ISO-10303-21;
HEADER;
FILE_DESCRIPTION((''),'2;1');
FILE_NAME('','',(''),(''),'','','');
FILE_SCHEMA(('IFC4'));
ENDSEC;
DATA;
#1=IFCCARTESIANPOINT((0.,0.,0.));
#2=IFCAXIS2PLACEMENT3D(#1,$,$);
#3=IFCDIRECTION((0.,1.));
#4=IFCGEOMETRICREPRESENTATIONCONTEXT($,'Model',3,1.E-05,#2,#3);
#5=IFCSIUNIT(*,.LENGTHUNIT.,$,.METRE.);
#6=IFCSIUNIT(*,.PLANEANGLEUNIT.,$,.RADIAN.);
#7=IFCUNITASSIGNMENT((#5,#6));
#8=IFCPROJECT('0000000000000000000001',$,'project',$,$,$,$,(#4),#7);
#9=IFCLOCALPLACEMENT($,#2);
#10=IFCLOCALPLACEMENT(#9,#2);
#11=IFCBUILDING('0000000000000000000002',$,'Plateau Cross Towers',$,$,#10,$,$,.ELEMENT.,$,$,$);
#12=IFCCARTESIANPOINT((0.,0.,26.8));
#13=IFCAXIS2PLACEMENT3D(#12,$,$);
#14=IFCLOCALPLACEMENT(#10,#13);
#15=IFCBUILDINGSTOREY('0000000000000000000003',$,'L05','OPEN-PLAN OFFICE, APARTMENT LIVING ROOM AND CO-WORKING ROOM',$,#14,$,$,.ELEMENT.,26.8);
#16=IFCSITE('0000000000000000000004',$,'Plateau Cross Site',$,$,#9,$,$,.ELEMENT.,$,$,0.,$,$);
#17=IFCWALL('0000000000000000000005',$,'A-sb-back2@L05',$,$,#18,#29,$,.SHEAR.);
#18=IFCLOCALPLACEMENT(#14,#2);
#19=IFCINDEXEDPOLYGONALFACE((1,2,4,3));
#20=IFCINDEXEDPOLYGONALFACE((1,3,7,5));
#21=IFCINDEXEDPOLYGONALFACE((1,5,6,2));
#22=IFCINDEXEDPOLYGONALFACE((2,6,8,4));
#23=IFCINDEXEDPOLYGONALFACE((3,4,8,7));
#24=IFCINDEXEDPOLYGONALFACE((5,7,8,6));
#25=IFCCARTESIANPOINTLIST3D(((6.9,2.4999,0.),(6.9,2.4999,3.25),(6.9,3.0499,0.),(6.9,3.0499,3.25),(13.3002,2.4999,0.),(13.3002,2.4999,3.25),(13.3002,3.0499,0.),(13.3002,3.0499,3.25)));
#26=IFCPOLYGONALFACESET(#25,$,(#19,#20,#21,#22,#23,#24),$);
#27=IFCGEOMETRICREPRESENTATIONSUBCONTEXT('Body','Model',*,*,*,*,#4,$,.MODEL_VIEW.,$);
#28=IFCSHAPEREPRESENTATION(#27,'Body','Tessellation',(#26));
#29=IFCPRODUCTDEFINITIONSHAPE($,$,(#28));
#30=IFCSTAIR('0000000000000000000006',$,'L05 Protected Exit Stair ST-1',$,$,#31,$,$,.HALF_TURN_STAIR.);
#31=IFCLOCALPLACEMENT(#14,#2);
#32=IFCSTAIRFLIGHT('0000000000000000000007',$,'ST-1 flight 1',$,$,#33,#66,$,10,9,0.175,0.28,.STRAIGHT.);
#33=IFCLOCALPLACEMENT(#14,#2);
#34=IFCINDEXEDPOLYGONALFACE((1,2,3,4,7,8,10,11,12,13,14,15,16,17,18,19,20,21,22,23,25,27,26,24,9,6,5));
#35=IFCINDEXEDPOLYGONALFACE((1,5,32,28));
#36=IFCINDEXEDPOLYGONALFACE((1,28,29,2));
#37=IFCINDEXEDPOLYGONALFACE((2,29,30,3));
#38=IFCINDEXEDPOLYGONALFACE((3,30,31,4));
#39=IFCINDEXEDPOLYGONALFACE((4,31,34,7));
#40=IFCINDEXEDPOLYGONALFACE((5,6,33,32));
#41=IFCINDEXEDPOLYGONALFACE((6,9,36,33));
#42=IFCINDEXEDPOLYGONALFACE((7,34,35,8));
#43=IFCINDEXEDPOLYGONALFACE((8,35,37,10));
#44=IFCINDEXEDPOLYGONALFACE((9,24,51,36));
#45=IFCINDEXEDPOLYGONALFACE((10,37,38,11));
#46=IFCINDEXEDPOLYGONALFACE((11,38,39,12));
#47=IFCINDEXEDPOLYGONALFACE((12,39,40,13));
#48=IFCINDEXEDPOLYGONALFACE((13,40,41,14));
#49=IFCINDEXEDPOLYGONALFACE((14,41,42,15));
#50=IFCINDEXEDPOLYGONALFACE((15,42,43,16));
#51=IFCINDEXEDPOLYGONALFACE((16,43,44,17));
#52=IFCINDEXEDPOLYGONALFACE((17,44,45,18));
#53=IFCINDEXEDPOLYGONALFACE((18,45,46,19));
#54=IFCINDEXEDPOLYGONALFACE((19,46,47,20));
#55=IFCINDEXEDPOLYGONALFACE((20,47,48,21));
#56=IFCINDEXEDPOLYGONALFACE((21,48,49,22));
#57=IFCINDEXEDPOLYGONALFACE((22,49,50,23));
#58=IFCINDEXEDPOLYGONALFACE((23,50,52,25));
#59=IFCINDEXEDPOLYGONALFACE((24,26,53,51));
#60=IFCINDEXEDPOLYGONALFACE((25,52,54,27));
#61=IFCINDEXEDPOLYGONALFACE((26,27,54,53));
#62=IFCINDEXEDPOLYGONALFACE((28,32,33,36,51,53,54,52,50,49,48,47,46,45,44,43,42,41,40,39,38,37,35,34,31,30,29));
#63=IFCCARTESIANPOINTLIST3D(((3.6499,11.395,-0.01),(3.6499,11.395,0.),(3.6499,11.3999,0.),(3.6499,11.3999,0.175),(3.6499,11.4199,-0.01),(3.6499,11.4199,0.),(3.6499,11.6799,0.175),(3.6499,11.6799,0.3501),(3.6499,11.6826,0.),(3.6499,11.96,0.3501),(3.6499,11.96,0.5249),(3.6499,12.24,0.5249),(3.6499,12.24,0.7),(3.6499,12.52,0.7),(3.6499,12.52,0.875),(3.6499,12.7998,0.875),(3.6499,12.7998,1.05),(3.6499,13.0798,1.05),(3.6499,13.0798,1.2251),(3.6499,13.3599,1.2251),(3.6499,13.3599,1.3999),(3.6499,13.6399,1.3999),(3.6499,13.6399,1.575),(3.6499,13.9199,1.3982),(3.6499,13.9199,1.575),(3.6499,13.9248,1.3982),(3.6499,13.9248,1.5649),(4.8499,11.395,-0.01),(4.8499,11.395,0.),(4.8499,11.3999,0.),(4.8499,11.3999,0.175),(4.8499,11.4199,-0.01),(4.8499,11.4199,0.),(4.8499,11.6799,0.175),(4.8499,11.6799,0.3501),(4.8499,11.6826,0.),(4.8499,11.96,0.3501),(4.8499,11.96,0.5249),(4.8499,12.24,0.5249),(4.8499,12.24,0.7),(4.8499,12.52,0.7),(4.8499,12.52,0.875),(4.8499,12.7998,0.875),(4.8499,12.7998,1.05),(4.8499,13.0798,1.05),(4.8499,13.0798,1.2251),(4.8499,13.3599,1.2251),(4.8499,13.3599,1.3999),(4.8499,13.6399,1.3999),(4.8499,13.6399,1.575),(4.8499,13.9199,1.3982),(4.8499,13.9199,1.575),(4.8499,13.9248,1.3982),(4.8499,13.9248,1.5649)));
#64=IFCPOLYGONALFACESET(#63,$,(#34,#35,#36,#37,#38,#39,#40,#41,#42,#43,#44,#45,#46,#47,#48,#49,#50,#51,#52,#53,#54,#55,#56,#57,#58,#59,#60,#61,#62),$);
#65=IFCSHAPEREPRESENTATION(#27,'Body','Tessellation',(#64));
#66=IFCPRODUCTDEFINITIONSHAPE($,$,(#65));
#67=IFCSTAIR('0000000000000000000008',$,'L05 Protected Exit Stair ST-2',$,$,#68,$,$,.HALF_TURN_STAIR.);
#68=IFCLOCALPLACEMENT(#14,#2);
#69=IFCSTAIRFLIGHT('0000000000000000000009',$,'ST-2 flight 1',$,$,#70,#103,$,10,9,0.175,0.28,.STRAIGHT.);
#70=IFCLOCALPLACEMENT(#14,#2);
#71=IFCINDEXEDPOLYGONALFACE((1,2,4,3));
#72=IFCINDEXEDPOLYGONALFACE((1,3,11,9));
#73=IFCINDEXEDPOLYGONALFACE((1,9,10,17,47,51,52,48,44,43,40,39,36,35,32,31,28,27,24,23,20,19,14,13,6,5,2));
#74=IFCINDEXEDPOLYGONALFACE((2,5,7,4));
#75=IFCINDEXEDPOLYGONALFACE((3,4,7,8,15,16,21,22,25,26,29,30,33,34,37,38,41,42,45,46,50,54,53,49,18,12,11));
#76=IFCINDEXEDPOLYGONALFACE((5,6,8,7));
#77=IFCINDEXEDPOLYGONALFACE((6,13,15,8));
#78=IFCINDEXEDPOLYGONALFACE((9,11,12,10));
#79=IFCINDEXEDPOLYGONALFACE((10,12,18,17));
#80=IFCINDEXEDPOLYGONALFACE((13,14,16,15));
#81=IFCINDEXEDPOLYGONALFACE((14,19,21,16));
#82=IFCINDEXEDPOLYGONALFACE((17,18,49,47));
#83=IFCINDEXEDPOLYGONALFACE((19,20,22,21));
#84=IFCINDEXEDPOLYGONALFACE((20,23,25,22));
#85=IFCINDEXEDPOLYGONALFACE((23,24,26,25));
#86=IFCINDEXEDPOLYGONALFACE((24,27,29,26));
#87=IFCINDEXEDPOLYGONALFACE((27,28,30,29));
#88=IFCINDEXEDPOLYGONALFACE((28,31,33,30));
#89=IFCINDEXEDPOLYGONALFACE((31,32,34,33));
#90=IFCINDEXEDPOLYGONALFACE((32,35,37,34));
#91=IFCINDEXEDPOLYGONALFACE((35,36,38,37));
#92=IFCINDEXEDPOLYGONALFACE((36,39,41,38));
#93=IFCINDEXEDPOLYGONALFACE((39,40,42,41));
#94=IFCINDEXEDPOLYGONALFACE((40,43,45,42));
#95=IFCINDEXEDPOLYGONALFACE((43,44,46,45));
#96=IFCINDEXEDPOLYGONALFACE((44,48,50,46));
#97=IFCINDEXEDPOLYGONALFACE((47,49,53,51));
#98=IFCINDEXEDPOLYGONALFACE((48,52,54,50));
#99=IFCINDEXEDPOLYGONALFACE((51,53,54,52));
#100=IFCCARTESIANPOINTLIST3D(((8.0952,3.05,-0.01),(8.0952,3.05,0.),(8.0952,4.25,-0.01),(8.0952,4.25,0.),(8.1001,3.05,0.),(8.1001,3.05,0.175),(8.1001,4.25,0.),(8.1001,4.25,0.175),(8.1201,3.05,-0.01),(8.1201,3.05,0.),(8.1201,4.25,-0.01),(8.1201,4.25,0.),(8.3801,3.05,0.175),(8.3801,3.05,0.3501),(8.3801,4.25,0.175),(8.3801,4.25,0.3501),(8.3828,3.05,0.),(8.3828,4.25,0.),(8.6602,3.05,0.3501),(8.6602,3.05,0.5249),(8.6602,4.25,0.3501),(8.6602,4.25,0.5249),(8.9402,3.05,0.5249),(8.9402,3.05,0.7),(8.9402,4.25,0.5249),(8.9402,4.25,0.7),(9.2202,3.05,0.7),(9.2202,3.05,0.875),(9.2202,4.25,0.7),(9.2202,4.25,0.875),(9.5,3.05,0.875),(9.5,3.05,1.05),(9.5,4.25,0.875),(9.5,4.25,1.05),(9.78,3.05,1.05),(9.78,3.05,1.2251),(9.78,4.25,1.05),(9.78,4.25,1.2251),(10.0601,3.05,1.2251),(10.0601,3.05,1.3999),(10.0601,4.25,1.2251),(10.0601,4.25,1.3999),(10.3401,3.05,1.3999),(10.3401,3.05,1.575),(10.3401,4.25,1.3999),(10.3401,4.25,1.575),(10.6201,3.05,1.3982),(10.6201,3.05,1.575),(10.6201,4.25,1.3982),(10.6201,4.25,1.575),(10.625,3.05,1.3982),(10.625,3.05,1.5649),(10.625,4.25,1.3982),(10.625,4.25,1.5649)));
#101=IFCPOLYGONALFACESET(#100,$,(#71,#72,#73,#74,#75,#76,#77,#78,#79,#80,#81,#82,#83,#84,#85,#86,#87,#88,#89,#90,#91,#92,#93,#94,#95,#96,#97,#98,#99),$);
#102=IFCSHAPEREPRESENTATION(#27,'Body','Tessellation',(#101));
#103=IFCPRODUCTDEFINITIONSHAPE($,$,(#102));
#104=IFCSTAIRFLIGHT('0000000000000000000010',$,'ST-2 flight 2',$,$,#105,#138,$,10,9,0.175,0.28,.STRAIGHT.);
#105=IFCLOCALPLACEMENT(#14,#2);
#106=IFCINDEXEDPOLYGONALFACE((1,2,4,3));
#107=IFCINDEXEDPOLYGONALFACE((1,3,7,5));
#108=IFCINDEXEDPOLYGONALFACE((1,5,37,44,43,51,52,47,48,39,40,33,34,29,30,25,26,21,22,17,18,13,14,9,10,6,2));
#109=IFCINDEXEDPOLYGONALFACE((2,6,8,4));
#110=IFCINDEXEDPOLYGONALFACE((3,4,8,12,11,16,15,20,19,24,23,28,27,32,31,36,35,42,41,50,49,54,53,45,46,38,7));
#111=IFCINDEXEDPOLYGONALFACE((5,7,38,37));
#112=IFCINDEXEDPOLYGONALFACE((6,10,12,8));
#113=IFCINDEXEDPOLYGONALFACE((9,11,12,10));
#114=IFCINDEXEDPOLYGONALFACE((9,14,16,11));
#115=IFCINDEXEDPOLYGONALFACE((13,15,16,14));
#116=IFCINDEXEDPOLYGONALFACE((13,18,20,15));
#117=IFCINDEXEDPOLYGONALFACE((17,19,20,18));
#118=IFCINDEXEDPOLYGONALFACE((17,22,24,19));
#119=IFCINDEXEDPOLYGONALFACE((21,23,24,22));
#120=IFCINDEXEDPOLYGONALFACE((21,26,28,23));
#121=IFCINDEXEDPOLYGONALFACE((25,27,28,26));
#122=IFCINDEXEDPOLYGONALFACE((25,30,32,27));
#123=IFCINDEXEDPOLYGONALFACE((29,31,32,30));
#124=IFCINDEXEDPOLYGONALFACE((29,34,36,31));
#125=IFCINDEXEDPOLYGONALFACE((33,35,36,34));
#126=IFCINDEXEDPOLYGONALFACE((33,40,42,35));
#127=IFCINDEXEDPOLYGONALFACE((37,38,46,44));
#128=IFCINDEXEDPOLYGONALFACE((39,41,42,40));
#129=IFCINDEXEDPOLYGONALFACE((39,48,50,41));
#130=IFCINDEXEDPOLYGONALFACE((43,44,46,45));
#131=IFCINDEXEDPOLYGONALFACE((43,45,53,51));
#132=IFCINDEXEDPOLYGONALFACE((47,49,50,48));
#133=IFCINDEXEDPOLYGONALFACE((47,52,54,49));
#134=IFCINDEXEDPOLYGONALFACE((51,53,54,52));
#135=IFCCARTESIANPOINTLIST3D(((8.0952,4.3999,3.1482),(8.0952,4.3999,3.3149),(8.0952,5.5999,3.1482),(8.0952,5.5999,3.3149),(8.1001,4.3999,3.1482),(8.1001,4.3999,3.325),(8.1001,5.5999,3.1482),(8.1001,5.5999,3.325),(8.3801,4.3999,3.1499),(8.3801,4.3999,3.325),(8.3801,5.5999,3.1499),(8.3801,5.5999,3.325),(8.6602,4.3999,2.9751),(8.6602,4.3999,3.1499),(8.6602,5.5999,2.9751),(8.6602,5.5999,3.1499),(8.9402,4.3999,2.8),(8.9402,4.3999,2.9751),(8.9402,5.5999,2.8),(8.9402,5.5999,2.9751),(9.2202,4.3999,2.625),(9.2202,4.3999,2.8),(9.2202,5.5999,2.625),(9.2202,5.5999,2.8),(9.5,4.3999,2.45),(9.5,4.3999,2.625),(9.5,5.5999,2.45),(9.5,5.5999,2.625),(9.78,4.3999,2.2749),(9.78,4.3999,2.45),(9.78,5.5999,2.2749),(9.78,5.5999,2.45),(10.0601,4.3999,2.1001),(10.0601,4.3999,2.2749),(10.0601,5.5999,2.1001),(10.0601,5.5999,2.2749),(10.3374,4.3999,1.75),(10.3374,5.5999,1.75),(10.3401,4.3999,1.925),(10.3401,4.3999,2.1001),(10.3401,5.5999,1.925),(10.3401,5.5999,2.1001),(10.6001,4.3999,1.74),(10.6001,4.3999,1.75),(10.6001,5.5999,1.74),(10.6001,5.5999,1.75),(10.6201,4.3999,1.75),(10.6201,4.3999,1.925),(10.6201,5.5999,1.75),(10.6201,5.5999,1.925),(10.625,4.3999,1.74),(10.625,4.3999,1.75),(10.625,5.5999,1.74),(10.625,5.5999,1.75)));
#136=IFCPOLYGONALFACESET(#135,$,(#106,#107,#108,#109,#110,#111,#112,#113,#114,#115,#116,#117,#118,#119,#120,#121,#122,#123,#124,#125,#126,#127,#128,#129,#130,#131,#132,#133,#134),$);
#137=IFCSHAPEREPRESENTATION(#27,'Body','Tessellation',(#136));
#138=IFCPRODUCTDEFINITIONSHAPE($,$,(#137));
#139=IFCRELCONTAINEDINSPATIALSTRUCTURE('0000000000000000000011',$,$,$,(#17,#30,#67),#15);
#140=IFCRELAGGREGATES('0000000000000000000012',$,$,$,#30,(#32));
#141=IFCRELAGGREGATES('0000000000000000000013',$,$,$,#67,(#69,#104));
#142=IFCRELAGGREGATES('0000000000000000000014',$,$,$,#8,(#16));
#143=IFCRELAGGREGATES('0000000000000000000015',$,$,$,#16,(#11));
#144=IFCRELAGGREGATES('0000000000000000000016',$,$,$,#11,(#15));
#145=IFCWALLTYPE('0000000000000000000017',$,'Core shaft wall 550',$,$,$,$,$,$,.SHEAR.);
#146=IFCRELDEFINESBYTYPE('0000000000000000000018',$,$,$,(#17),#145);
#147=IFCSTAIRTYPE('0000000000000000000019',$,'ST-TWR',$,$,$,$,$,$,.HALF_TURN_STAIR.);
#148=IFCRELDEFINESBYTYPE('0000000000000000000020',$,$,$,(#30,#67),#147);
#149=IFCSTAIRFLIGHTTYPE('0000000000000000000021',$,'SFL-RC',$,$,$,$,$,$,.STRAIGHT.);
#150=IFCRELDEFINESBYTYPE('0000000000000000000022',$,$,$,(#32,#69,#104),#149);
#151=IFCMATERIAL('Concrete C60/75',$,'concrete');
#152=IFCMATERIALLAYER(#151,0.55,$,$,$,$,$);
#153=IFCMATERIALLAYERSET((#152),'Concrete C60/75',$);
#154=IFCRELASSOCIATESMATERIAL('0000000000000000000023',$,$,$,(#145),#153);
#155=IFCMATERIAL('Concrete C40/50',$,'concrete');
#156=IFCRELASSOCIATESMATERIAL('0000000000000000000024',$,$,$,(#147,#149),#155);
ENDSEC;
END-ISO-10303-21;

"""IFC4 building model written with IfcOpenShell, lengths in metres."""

from ifc_helpers import new_model, si_unit, direction, frame, frame_2d, origin, place, context, subcontext, project, spatial, polyline, rectangle, outline, extrude, material, layer, layer_set, type_object, element, aggregate, save


model = new_model("IFC4")

# Units and contexts
model_context = context("Model", 3, precision=1e-05, world=origin(), true_north=direction((0.0, 1.0)))
body_context = subcontext(model_context, "Body", "Model", "MODEL_VIEW")
ifc_project = project(units=[si_unit("LENGTHUNIT", "METRE"), si_unit("PLANEANGLEUNIT", "RADIAN")], contexts=[model_context])

# Site, building, storey
site_placement = place(None, origin())
site = spatial("IfcSite", under=ifc_project, at=site_placement, Name="Plateau Cross Site", CompositionType="ELEMENT", RefElevation=0.0)
building_placement = place(site_placement, origin())
building = spatial("IfcBuilding", under=site, at=building_placement, Name="Plateau Cross Towers", CompositionType="ELEMENT")
storey_placement = place(building_placement, frame((0.0, 0.0, 26.8)))
storey = spatial("IfcBuildingStorey", under=building, at=storey_placement, Name="L05", Description="OPEN-PLAN OFFICE, APARTMENT LIVING ROOM AND CO-WORKING ROOM", CompositionType="ELEMENT", Elevation=26.8)

# Wall
ifc_material_1 = material(Name="Concrete C60/75", Category="concrete")
ifc_layer_1 = layer(ifc_material_1, 0.55)
ifc_layer_set_1 = layer_set([ifc_layer_1], Name="Concrete C60/75")
wall_type_1 = type_object("IfcWallType", Name="Core shaft wall 550", PredefinedType="SHEAR", material=ifc_layer_set_1)
wall_1_placement = place(storey_placement, frame((6.8999, 2.7749, 0.0), z_axis=(0.0, 0.0, 1.0), x_axis=(1.0, 0.0, 0.0)))
element("IfcWall", 1, at=wall_1_placement, inside=storey, type_object=wall_type_1, Name="A-sb-back2@L05", PredefinedType="SHEAR", context=body_context, shape_type="SweptSolid", body=[
    extrude(rectangle(XDim=6.4001, YDim=0.55, at=frame_2d((3.2002, 0.0))), origin(), (0.0, 0.0, 1.0), 3.25),
])

# Stair, stair flight
ifc_material_2 = material(Name="Concrete C40/50", Category="concrete")
stair_type = type_object("IfcStairType", Name="ST-TWR", PredefinedType="HALF_TURN_STAIR", material=ifc_material_2)
stair_1_placement = place(storey_placement, origin())
stair_1 = element("IfcStair", 2, at=stair_1_placement, inside=storey, type_object=stair_type, Name="L05 Protected Exit Stair ST-1", PredefinedType="HALF_TURN_STAIR")
stair_flight_type = type_object("IfcStairFlightType", Name="SFL-RC", PredefinedType="STRAIGHT", material=ifc_material_2)
stair_flight_1_placement = place(storey_placement, frame((4.25, 11.3999, 0.0), z_axis=(0.0, 0.0, 1.0), x_axis=(0.0, 1.0, 0.0)))
stair_flight_1 = element("IfcStairFlight", 3, at=stair_flight_1_placement, type_object=stair_flight_type, Name="ST-1 flight 1", NumberOfRisers=10, NumberOfTreads=9, PredefinedType="STRAIGHT", RiserHeight=0.175, TreadLength=0.28, context=body_context, shape_type="SweptSolid", body=[
    extrude(outline(polyline([(-0.0049, -0.01), (-0.0049, 0.0), (0.0, 0.0), (0.0, 0.175), (0.28, 0.175), (0.28, 0.3501), (0.5601, 0.3501), (0.5601, 0.5249), (0.8401, 0.5249), (0.8401, 0.7), (1.1201, 0.7), (1.1201, 0.875), (1.3999, 0.875), (1.3999, 1.05), (1.6799, 1.05), (1.6799, 1.2251), (1.96, 1.2251), (1.96, 1.3999), (2.24, 1.3999), (2.24, 1.575), (2.52, 1.575), (2.5249, 1.5649), (2.5249, 1.3982), (2.52, 1.3982), (0.2827, 0.0), (0.02, 0.0), (0.02, -0.01), (-0.0049, -0.01)])), frame((0.0, 0.6001, 0.0), z_axis=(0.0, -1.0, 0.0), x_axis=(1.0, 0.0, 0.0)), (0.0, 0.0, 1.0), 1.2),
])
aggregate(stair_1, [stair_flight_1])

# Stair, stair flights
stair_2_placement = place(storey_placement, origin())
stair_2 = element("IfcStair", 4, at=stair_2_placement, inside=storey, type_object=stair_type, Name="L05 Protected Exit Stair ST-2", PredefinedType="HALF_TURN_STAIR")
stair_flight_2_placement = place(storey_placement, frame((8.1001, 3.6499, 0.0), z_axis=(0.0, 0.0, 1.0), x_axis=(1.0, 0.0, 0.0)))
stair_flight_2 = element("IfcStairFlight", 5, at=stair_flight_2_placement, type_object=stair_flight_type, Name="ST-2 flight 1", NumberOfRisers=10, NumberOfTreads=9, PredefinedType="STRAIGHT", RiserHeight=0.175, TreadLength=0.28, context=body_context, shape_type="SweptSolid", body=[
    extrude(outline(polyline([(-0.0049, -0.01), (-0.0049, 0.0), (0.0, 0.0), (0.0, 0.175), (0.28, 0.175), (0.28, 0.3501), (0.5601, 0.3501), (0.5601, 0.5249), (0.8401, 0.5249), (0.8401, 0.7), (1.1201, 0.7), (1.1201, 0.875), (1.3999, 0.875), (1.3999, 1.05), (1.6799, 1.05), (1.6799, 1.2251), (1.96, 1.2251), (1.96, 1.3999), (2.24, 1.3999), (2.24, 1.575), (2.52, 1.575), (2.5249, 1.5649), (2.5249, 1.3982), (2.52, 1.3982), (0.2827, 0.0), (0.02, 0.0), (0.02, -0.01), (-0.0049, -0.01)])), frame((0.0, 0.6001, 0.0), z_axis=(0.0, -1.0, 0.0), x_axis=(1.0, 0.0, 0.0)), (0.0, 0.0, 1.0), 1.2),
])
stair_flight_3_placement = place(storey_placement, frame((10.6201, 5.0, 1.75), z_axis=(0.0, 0.0, 1.0), x_axis=(-1.0, 0.0, 0.0)))
stair_flight_3 = element("IfcStairFlight", 6, at=stair_flight_3_placement, type_object=stair_flight_type, Name="ST-2 flight 2", NumberOfRisers=10, NumberOfTreads=9, PredefinedType="STRAIGHT", RiserHeight=0.175, TreadLength=0.28, context=body_context, shape_type="SweptSolid", body=[
    extrude(outline(polyline([(-0.0049, -0.01), (-0.0049, 0.0), (0.0, 0.0), (0.0, 0.175), (0.28, 0.175), (0.28, 0.3501), (0.5601, 0.3501), (0.5601, 0.5249), (0.8401, 0.5249), (0.8401, 0.7), (1.1201, 0.7), (1.1201, 0.875), (1.3999, 0.875), (1.3999, 1.05), (1.6799, 1.05), (1.6799, 1.2251), (1.96, 1.2251), (1.96, 1.3999), (2.24, 1.3999), (2.24, 1.575), (2.52, 1.575), (2.5249, 1.5649), (2.5249, 1.3982), (2.52, 1.3982), (0.2827, 0.0), (0.02, 0.0), (0.02, -0.01), (-0.0049, -0.01)])), frame((0.0, 0.6001, 0.0), z_axis=(0.0, -1.0, 0.0), x_axis=(1.0, 0.0, 0.0)), (0.0, 0.0, 1.0), 1.2),
])
aggregate(stair_2, [stair_flight_2, stair_flight_3])

save(model, "model.ifc")
